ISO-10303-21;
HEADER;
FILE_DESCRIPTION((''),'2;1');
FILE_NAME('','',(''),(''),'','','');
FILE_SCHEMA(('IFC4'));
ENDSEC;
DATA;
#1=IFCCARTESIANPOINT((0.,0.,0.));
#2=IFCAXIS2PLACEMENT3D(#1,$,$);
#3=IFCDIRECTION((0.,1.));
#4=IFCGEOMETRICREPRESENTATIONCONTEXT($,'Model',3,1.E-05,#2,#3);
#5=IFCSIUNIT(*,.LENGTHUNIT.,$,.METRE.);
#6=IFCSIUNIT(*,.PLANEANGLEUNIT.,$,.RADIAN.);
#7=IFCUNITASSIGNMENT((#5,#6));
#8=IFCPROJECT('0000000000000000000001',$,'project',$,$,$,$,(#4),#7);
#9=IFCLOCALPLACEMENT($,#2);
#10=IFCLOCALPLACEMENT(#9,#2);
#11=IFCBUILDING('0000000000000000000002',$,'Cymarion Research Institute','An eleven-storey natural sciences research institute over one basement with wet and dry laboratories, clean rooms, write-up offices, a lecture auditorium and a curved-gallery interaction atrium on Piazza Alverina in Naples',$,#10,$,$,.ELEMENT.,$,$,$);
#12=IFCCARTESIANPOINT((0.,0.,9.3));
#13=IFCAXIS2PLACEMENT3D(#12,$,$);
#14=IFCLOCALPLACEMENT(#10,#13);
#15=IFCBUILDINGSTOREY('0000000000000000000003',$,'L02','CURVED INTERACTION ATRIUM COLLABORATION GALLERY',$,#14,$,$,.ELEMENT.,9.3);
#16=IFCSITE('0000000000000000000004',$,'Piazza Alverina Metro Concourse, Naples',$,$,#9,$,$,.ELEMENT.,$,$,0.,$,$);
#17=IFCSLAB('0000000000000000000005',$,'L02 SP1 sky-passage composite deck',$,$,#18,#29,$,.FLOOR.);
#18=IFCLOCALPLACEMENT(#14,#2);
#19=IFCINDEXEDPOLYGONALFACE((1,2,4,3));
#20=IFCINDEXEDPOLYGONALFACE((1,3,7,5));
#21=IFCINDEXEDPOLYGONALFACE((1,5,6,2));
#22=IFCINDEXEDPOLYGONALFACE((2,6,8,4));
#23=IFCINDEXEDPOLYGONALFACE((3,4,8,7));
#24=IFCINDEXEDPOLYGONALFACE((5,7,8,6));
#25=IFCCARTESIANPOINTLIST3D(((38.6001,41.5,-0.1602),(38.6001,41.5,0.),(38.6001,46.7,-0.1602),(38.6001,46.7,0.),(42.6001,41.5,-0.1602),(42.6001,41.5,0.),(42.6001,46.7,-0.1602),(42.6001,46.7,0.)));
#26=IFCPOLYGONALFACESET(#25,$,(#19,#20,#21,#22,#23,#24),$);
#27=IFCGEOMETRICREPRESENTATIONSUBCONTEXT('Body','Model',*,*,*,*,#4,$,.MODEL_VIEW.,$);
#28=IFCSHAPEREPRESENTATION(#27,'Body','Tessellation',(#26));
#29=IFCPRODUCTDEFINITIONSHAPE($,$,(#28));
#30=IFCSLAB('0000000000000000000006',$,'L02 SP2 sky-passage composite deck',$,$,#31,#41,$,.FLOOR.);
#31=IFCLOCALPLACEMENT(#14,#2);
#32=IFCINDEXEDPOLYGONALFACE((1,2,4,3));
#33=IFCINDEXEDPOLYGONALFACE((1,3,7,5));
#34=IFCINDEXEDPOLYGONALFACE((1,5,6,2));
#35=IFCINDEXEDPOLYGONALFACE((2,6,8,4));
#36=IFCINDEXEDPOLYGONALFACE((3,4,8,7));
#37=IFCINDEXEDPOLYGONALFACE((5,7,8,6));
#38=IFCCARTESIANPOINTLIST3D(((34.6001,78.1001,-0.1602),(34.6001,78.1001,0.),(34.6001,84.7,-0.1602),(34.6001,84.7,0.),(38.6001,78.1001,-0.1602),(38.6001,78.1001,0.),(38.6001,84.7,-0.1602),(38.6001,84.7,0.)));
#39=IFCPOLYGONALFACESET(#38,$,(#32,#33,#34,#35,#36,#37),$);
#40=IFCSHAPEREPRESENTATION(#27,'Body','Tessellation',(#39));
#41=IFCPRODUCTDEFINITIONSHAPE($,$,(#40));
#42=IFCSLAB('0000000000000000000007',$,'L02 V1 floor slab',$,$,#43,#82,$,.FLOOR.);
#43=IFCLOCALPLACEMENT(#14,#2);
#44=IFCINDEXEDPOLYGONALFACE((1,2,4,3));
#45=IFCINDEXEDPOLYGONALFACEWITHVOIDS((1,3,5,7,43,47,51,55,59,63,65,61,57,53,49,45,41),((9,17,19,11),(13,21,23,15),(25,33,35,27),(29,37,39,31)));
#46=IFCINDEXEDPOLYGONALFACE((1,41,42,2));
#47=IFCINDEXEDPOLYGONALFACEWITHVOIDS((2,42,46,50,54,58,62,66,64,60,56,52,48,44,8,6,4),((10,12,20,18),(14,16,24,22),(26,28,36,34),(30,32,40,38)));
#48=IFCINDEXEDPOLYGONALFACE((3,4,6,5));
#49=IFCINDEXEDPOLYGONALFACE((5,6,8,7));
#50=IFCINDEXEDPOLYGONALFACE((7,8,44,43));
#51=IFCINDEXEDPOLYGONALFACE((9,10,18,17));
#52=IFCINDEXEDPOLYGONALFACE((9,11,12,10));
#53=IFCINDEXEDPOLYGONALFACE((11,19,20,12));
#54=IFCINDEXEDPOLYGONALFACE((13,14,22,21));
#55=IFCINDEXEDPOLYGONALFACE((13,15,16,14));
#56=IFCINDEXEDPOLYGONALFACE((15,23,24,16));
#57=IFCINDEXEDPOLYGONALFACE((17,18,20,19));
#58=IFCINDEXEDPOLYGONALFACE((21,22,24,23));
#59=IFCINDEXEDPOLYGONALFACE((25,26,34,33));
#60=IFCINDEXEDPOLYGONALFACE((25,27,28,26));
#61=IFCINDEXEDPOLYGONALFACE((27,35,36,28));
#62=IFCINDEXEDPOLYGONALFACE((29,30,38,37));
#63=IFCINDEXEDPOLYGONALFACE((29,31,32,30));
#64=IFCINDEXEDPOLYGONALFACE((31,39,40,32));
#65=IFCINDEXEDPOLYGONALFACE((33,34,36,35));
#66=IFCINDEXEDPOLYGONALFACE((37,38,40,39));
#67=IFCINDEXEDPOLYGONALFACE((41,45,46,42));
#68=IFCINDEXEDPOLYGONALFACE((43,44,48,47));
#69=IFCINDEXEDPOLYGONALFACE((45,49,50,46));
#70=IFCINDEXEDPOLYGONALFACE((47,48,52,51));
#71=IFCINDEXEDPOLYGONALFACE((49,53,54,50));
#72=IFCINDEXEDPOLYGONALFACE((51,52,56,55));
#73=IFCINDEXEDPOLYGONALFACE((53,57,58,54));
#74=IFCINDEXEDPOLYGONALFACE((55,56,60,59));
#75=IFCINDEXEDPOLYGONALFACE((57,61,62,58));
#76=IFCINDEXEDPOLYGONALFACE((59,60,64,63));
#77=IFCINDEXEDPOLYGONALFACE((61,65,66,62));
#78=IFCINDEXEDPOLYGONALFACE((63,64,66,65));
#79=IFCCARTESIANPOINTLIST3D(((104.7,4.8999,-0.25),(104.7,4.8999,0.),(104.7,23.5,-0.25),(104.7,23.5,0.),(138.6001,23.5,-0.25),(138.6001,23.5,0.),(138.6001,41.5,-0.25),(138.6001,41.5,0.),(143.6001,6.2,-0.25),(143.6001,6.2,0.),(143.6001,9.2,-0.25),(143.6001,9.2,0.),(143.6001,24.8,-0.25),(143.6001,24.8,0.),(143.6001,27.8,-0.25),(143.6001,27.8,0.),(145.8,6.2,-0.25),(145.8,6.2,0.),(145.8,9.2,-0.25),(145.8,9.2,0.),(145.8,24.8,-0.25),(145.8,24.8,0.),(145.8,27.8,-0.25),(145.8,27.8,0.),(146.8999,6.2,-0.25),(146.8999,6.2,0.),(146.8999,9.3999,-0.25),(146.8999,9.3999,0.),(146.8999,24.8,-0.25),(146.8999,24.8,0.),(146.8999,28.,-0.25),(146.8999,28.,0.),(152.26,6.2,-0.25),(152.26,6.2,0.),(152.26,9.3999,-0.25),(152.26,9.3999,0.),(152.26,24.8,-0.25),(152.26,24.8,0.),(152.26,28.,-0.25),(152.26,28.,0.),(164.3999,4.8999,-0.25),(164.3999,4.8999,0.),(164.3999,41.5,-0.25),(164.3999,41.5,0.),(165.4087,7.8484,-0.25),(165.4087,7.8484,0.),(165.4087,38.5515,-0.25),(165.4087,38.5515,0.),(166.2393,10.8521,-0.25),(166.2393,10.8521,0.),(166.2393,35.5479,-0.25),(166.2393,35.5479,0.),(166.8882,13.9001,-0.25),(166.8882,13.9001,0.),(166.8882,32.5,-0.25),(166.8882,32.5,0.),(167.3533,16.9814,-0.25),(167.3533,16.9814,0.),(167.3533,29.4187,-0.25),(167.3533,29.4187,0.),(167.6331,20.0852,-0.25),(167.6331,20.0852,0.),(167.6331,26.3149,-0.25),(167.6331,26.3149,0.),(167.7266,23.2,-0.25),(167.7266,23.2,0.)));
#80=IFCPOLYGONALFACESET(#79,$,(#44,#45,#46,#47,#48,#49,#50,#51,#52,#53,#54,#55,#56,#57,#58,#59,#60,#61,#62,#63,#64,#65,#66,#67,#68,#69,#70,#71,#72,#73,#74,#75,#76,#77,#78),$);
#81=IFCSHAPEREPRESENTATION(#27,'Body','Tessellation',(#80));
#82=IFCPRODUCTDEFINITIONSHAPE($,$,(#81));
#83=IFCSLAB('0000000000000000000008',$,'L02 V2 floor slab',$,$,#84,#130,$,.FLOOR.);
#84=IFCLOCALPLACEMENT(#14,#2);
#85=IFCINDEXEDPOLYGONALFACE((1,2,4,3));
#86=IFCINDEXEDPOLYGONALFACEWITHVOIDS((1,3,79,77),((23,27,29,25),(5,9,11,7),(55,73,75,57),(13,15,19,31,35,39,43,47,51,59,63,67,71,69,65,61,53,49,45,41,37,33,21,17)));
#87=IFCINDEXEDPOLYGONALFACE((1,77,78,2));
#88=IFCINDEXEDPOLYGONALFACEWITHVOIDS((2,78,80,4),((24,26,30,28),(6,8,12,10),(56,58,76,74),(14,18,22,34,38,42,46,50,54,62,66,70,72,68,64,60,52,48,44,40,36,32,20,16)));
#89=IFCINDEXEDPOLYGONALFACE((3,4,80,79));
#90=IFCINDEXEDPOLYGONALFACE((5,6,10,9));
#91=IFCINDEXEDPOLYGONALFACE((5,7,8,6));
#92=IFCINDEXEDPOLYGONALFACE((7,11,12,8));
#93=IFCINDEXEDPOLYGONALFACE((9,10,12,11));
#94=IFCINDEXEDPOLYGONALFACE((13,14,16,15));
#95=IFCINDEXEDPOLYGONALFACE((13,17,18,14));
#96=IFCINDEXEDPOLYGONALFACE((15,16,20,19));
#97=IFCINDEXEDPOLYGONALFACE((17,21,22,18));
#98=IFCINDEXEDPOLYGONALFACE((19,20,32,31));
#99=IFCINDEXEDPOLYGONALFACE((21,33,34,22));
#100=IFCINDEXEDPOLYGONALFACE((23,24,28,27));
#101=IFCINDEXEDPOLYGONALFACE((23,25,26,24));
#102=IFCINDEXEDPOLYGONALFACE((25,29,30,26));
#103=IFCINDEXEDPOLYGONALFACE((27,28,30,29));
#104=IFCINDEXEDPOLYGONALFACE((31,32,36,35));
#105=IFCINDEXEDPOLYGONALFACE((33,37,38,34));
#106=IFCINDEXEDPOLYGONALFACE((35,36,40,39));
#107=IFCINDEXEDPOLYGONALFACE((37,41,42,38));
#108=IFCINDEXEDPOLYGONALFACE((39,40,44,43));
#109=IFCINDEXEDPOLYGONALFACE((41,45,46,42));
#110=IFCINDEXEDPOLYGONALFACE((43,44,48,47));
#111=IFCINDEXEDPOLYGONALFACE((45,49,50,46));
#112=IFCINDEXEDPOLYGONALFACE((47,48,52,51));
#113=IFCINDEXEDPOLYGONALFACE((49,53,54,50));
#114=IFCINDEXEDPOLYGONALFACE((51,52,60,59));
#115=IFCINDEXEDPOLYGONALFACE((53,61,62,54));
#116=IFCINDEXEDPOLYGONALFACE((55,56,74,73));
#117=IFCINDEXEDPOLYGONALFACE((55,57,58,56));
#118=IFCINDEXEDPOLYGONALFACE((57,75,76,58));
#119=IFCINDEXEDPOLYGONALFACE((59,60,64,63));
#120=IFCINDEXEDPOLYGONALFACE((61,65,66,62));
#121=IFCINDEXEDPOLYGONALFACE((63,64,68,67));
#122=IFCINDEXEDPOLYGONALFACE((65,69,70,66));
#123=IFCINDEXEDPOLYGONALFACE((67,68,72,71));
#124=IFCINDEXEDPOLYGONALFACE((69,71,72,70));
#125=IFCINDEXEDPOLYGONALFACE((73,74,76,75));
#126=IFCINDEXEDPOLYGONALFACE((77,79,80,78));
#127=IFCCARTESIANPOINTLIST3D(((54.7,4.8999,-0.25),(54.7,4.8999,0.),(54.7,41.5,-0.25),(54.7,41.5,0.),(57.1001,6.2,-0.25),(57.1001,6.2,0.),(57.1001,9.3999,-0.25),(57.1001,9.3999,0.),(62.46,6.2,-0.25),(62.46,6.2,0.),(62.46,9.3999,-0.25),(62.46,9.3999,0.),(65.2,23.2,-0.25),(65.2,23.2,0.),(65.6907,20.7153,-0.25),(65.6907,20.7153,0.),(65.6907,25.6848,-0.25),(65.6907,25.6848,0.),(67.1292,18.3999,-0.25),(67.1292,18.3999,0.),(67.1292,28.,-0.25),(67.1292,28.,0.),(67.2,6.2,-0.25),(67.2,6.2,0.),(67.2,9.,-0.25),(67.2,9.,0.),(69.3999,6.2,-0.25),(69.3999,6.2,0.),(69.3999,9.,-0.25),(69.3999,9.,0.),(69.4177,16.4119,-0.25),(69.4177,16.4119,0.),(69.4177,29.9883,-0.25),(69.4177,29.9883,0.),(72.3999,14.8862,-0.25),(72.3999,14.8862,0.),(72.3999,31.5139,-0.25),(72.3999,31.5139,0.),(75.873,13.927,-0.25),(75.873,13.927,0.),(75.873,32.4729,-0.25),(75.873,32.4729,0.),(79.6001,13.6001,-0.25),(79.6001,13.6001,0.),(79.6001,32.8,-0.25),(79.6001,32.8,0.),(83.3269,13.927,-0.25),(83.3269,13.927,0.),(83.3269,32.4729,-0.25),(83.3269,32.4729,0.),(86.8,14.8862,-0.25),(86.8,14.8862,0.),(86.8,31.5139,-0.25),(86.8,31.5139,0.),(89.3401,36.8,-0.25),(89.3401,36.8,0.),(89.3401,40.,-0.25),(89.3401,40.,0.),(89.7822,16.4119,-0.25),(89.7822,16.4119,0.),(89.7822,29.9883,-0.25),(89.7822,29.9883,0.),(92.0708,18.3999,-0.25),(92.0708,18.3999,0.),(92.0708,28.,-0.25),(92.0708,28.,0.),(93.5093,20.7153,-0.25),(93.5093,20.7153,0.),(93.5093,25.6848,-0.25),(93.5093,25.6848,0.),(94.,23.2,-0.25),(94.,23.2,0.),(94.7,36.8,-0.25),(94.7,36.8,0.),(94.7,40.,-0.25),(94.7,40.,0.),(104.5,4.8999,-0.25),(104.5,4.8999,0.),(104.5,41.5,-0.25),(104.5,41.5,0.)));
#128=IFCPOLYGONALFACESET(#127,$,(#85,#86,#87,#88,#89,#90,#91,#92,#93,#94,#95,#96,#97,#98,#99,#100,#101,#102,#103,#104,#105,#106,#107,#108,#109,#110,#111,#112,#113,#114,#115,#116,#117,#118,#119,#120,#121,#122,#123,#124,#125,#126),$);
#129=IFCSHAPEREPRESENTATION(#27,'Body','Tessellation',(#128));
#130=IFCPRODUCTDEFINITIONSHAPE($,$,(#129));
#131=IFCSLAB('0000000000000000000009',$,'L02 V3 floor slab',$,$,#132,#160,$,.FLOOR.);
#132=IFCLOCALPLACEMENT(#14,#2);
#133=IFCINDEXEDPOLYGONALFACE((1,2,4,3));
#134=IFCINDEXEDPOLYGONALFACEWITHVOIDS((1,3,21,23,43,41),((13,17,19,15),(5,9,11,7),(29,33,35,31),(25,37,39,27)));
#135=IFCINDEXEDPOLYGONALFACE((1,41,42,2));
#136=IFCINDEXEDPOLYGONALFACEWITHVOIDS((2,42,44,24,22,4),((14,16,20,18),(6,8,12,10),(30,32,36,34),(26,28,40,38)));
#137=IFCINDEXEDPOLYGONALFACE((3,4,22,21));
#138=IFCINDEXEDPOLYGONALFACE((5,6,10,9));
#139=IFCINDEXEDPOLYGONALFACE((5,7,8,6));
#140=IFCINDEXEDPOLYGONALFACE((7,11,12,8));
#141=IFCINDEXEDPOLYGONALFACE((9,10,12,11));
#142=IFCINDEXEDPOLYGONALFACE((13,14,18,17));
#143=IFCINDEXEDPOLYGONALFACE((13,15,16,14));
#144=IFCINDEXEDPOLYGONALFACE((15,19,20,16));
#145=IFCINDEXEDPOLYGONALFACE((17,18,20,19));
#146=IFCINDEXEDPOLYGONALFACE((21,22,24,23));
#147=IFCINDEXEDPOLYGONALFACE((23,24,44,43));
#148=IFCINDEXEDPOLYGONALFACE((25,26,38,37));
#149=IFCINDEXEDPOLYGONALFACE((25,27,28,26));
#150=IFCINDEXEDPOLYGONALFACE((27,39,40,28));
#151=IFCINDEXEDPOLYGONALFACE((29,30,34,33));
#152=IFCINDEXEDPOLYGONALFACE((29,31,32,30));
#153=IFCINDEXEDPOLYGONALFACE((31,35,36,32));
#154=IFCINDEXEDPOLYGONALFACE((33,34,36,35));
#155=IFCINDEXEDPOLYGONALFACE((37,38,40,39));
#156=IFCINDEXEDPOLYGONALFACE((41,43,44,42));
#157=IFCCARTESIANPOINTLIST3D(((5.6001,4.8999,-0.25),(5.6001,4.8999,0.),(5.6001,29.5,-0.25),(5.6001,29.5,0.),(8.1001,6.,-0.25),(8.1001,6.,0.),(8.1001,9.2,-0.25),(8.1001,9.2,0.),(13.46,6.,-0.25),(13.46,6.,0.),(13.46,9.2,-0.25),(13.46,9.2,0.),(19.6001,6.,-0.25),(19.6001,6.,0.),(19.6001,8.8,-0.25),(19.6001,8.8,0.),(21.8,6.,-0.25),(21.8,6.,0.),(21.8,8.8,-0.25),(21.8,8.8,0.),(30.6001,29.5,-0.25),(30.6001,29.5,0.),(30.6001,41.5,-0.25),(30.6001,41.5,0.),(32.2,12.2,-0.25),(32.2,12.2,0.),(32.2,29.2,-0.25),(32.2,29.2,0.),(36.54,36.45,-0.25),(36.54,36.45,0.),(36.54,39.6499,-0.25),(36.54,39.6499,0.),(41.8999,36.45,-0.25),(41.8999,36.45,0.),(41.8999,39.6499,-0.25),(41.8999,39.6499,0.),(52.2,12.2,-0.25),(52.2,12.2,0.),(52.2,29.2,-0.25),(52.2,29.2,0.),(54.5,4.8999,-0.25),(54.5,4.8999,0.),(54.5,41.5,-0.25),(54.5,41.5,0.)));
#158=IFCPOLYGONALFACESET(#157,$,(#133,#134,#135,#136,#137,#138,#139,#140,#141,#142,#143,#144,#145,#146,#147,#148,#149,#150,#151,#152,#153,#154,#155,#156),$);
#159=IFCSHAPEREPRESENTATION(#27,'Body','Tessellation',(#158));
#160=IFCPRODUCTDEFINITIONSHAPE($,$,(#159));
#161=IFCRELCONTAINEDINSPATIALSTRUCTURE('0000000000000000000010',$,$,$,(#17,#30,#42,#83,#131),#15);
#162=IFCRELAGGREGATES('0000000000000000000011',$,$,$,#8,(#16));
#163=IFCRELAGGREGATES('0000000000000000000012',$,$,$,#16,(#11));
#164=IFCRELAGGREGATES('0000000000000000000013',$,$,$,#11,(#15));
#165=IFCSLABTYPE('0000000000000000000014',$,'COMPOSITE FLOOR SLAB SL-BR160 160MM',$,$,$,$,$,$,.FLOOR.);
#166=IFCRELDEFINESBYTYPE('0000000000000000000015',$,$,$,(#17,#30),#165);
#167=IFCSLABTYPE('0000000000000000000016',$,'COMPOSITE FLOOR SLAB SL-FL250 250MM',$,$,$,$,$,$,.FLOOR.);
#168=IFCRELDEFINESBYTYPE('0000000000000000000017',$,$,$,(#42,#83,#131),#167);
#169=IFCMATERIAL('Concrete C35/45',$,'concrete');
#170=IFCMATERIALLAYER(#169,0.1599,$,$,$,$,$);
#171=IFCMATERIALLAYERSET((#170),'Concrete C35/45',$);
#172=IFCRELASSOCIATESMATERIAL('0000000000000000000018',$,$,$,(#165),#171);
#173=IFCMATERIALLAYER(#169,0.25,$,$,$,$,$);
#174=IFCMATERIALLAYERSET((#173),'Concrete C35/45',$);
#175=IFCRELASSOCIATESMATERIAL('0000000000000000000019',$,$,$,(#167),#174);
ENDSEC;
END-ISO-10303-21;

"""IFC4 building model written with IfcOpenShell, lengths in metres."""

from ifc_helpers import new_model, si_unit, direction, frame, origin, place, context, subcontext, project, spatial, polyline, outline, extrude, material, layer, layer_set, type_object, element, save


model = new_model("IFC4")

# Units and contexts
model_context = context("Model", 3, precision=1e-05, world=origin(), true_north=direction((0.0, 1.0)))
body_context = subcontext(model_context, "Body", "Model", "MODEL_VIEW")
ifc_project = project(units=[si_unit("LENGTHUNIT", "METRE"), si_unit("PLANEANGLEUNIT", "RADIAN")], contexts=[model_context])

# Site, building, storey
site_placement = place(None, origin())
site = spatial("IfcSite", under=ifc_project, at=site_placement, Name="Piazza Alverina Metro Concourse, Naples", CompositionType="ELEMENT", RefElevation=0.0)
building_placement = place(site_placement, origin())
building = spatial("IfcBuilding", under=site, at=building_placement, Name="Cymarion Research Institute", Description="An eleven-storey natural sciences research institute over one basement with wet and dry laboratories, clean rooms, write-up offices, a lecture auditorium and a curved-gallery interaction atrium on Piazza Alverina in Naples", CompositionType="ELEMENT")
storey_placement = place(building_placement, frame((0.0, 0.0, 9.3)))
storey = spatial("IfcBuildingStorey", under=building, at=storey_placement, Name="L02", Description="CURVED INTERACTION ATRIUM COLLABORATION GALLERY", CompositionType="ELEMENT", Elevation=9.3)

# Slabs
ifc_material_1 = material(Name="Concrete C35/45", Category="concrete")
ifc_layer_1 = layer(ifc_material_1, 0.1599)
ifc_layer_set_1 = layer_set([ifc_layer_1], Name="Concrete C35/45")
slab_type_1 = type_object("IfcSlabType", Name="COMPOSITE FLOOR SLAB SL-BR160 160MM", PredefinedType="FLOOR", material=ifc_layer_set_1)
slab_1_placement = place(storey_placement, frame((0.0, 0.0, -0.1602)))
element("IfcSlab", 1, at=slab_1_placement, inside=storey, type_object=slab_type_1, Name="L02 SP1 sky-passage composite deck", PredefinedType="FLOOR", context=body_context, shape_type="SweptSolid", body=[
    extrude(outline(polyline([(38.6001, 41.5), (42.6001, 41.5), (42.6001, 46.7), (38.6001, 46.7), (38.6001, 41.5)])), origin(), (0.0, 0.0, 1.0), 0.1602),
])
slab_2_placement = place(storey_placement, frame((0.0, 0.0, -0.1602)))
element("IfcSlab", 2, at=slab_2_placement, inside=storey, type_object=slab_type_1, Name="L02 SP2 sky-passage composite deck", PredefinedType="FLOOR", context=body_context, shape_type="SweptSolid", body=[
    extrude(outline(polyline([(34.6001, 78.1001), (38.6001, 78.1001), (38.6001, 84.7), (34.6001, 84.7), (34.6001, 78.1001)])), origin(), (0.0, 0.0, 1.0), 0.1602),
])
ifc_layer_2 = layer(ifc_material_1, 0.25)
ifc_layer_set_2 = layer_set([ifc_layer_2], Name="Concrete C35/45")
slab_type_2 = type_object("IfcSlabType", Name="COMPOSITE FLOOR SLAB SL-FL250 250MM", PredefinedType="FLOOR", material=ifc_layer_set_2)
slab_3_placement = place(storey_placement, frame((0.0, 0.0, -0.25)))
element("IfcSlab", 3, at=slab_3_placement, inside=storey, type_object=slab_type_2, Name="L02 V1 floor slab", PredefinedType="FLOOR", context=body_context, shape_type="SweptSolid", body=[
    extrude(outline(polyline([(104.7, 4.8999), (164.3999, 4.8999), (165.4087, 7.8484), (166.2393, 10.8521), (166.8882, 13.9001), (167.3533, 16.9814), (167.6331, 20.0852), (167.7266, 23.2), (167.6331, 26.3149), (167.3533, 29.4187), (166.8882, 32.5), (166.2393, 35.5479), (165.4087, 38.5515), (164.3999, 41.5), (138.6001, 41.5), (138.6001, 23.5), (104.7, 23.5), (104.7, 4.8999)]), holes=[polyline([(152.26, 9.3999), (146.8999, 9.3999), (146.8999, 6.2), (152.26, 6.2), (152.26, 9.3999)]), polyline([(143.6001, 6.2), (145.8, 6.2), (145.8, 9.2), (143.6001, 9.2), (143.6001, 6.2)]), polyline([(152.26, 28.0), (146.8999, 28.0), (146.8999, 24.8), (152.26, 24.8), (152.26, 28.0)]), polyline([(143.6001, 24.8), (145.8, 24.8), (145.8, 27.8), (143.6001, 27.8), (143.6001, 24.8)])]), origin(), (0.0, 0.0, 1.0), 0.25),
])
slab_4_placement = place(storey_placement, frame((0.0, 0.0, -0.25)))
element("IfcSlab", 4, at=slab_4_placement, inside=storey, type_object=slab_type_2, Name="L02 V2 floor slab", PredefinedType="FLOOR", context=body_context, shape_type="SweptSolid", body=[
    extrude(outline(polyline([(54.7, 4.8999), (104.5, 4.8999), (104.5, 41.5), (54.7, 41.5), (54.7, 4.8999)]), holes=[polyline([(62.46, 9.3999), (57.1001, 9.3999), (57.1001, 6.2), (62.46, 6.2), (62.46, 9.3999)]), polyline([(67.2, 6.2), (69.3999, 6.2), (69.3999, 9.0), (67.2, 9.0), (67.2, 6.2)]), polyline([(89.3401, 36.8), (94.7, 36.8), (94.7, 40.0), (89.3401, 40.0), (89.3401, 36.8)]), polyline([(94.0, 23.2), (93.5093, 25.6848), (92.0708, 28.0), (89.7822, 29.9883), (86.8, 31.5139), (83.3269, 32.4729), (79.6001, 32.8), (75.873, 32.4729), (72.3999, 31.5139), (69.4177, 29.9883), (67.1292, 28.0), (65.6907, 25.6848), (65.2, 23.2), (65.6907, 20.7153), (67.1292, 18.3999), (69.4177, 16.4119), (72.3999, 14.8862), (75.873, 13.927), (79.6001, 13.6001), (83.3269, 13.927), (86.8, 14.8862), (89.7822, 16.4119), (92.0708, 18.3999), (93.5093, 20.7153), (94.0, 23.2)])]), origin(), (0.0, 0.0, 1.0), 0.25),
])
slab_5_placement = place(storey_placement, frame((0.0, 0.0, -0.25)))
element("IfcSlab", 5, at=slab_5_placement, inside=storey, type_object=slab_type_2, Name="L02 V3 floor slab", PredefinedType="FLOOR", context=body_context, shape_type="SweptSolid", body=[
    extrude(outline(polyline([(5.6001, 4.8999), (54.5, 4.8999), (54.5, 41.5), (30.6001, 41.5), (30.6001, 29.5), (5.6001, 29.5), (5.6001, 4.8999)]), holes=[polyline([(13.46, 9.2), (8.1001, 9.2), (8.1001, 6.0), (13.46, 6.0), (13.46, 9.2)]), polyline([(19.6001, 6.0), (21.8, 6.0), (21.8, 8.8), (19.6001, 8.8), (19.6001, 6.0)]), polyline([(36.54, 36.45), (41.8999, 36.45), (41.8999, 39.6499), (36.54, 39.6499), (36.54, 36.45)]), polyline([(32.2, 12.2), (52.2, 12.2), (52.2, 29.2), (32.2, 29.2), (32.2, 12.2)])]), origin(), (0.0, 0.0, 1.0), 0.25),
])

save(model, "model.ifc")
